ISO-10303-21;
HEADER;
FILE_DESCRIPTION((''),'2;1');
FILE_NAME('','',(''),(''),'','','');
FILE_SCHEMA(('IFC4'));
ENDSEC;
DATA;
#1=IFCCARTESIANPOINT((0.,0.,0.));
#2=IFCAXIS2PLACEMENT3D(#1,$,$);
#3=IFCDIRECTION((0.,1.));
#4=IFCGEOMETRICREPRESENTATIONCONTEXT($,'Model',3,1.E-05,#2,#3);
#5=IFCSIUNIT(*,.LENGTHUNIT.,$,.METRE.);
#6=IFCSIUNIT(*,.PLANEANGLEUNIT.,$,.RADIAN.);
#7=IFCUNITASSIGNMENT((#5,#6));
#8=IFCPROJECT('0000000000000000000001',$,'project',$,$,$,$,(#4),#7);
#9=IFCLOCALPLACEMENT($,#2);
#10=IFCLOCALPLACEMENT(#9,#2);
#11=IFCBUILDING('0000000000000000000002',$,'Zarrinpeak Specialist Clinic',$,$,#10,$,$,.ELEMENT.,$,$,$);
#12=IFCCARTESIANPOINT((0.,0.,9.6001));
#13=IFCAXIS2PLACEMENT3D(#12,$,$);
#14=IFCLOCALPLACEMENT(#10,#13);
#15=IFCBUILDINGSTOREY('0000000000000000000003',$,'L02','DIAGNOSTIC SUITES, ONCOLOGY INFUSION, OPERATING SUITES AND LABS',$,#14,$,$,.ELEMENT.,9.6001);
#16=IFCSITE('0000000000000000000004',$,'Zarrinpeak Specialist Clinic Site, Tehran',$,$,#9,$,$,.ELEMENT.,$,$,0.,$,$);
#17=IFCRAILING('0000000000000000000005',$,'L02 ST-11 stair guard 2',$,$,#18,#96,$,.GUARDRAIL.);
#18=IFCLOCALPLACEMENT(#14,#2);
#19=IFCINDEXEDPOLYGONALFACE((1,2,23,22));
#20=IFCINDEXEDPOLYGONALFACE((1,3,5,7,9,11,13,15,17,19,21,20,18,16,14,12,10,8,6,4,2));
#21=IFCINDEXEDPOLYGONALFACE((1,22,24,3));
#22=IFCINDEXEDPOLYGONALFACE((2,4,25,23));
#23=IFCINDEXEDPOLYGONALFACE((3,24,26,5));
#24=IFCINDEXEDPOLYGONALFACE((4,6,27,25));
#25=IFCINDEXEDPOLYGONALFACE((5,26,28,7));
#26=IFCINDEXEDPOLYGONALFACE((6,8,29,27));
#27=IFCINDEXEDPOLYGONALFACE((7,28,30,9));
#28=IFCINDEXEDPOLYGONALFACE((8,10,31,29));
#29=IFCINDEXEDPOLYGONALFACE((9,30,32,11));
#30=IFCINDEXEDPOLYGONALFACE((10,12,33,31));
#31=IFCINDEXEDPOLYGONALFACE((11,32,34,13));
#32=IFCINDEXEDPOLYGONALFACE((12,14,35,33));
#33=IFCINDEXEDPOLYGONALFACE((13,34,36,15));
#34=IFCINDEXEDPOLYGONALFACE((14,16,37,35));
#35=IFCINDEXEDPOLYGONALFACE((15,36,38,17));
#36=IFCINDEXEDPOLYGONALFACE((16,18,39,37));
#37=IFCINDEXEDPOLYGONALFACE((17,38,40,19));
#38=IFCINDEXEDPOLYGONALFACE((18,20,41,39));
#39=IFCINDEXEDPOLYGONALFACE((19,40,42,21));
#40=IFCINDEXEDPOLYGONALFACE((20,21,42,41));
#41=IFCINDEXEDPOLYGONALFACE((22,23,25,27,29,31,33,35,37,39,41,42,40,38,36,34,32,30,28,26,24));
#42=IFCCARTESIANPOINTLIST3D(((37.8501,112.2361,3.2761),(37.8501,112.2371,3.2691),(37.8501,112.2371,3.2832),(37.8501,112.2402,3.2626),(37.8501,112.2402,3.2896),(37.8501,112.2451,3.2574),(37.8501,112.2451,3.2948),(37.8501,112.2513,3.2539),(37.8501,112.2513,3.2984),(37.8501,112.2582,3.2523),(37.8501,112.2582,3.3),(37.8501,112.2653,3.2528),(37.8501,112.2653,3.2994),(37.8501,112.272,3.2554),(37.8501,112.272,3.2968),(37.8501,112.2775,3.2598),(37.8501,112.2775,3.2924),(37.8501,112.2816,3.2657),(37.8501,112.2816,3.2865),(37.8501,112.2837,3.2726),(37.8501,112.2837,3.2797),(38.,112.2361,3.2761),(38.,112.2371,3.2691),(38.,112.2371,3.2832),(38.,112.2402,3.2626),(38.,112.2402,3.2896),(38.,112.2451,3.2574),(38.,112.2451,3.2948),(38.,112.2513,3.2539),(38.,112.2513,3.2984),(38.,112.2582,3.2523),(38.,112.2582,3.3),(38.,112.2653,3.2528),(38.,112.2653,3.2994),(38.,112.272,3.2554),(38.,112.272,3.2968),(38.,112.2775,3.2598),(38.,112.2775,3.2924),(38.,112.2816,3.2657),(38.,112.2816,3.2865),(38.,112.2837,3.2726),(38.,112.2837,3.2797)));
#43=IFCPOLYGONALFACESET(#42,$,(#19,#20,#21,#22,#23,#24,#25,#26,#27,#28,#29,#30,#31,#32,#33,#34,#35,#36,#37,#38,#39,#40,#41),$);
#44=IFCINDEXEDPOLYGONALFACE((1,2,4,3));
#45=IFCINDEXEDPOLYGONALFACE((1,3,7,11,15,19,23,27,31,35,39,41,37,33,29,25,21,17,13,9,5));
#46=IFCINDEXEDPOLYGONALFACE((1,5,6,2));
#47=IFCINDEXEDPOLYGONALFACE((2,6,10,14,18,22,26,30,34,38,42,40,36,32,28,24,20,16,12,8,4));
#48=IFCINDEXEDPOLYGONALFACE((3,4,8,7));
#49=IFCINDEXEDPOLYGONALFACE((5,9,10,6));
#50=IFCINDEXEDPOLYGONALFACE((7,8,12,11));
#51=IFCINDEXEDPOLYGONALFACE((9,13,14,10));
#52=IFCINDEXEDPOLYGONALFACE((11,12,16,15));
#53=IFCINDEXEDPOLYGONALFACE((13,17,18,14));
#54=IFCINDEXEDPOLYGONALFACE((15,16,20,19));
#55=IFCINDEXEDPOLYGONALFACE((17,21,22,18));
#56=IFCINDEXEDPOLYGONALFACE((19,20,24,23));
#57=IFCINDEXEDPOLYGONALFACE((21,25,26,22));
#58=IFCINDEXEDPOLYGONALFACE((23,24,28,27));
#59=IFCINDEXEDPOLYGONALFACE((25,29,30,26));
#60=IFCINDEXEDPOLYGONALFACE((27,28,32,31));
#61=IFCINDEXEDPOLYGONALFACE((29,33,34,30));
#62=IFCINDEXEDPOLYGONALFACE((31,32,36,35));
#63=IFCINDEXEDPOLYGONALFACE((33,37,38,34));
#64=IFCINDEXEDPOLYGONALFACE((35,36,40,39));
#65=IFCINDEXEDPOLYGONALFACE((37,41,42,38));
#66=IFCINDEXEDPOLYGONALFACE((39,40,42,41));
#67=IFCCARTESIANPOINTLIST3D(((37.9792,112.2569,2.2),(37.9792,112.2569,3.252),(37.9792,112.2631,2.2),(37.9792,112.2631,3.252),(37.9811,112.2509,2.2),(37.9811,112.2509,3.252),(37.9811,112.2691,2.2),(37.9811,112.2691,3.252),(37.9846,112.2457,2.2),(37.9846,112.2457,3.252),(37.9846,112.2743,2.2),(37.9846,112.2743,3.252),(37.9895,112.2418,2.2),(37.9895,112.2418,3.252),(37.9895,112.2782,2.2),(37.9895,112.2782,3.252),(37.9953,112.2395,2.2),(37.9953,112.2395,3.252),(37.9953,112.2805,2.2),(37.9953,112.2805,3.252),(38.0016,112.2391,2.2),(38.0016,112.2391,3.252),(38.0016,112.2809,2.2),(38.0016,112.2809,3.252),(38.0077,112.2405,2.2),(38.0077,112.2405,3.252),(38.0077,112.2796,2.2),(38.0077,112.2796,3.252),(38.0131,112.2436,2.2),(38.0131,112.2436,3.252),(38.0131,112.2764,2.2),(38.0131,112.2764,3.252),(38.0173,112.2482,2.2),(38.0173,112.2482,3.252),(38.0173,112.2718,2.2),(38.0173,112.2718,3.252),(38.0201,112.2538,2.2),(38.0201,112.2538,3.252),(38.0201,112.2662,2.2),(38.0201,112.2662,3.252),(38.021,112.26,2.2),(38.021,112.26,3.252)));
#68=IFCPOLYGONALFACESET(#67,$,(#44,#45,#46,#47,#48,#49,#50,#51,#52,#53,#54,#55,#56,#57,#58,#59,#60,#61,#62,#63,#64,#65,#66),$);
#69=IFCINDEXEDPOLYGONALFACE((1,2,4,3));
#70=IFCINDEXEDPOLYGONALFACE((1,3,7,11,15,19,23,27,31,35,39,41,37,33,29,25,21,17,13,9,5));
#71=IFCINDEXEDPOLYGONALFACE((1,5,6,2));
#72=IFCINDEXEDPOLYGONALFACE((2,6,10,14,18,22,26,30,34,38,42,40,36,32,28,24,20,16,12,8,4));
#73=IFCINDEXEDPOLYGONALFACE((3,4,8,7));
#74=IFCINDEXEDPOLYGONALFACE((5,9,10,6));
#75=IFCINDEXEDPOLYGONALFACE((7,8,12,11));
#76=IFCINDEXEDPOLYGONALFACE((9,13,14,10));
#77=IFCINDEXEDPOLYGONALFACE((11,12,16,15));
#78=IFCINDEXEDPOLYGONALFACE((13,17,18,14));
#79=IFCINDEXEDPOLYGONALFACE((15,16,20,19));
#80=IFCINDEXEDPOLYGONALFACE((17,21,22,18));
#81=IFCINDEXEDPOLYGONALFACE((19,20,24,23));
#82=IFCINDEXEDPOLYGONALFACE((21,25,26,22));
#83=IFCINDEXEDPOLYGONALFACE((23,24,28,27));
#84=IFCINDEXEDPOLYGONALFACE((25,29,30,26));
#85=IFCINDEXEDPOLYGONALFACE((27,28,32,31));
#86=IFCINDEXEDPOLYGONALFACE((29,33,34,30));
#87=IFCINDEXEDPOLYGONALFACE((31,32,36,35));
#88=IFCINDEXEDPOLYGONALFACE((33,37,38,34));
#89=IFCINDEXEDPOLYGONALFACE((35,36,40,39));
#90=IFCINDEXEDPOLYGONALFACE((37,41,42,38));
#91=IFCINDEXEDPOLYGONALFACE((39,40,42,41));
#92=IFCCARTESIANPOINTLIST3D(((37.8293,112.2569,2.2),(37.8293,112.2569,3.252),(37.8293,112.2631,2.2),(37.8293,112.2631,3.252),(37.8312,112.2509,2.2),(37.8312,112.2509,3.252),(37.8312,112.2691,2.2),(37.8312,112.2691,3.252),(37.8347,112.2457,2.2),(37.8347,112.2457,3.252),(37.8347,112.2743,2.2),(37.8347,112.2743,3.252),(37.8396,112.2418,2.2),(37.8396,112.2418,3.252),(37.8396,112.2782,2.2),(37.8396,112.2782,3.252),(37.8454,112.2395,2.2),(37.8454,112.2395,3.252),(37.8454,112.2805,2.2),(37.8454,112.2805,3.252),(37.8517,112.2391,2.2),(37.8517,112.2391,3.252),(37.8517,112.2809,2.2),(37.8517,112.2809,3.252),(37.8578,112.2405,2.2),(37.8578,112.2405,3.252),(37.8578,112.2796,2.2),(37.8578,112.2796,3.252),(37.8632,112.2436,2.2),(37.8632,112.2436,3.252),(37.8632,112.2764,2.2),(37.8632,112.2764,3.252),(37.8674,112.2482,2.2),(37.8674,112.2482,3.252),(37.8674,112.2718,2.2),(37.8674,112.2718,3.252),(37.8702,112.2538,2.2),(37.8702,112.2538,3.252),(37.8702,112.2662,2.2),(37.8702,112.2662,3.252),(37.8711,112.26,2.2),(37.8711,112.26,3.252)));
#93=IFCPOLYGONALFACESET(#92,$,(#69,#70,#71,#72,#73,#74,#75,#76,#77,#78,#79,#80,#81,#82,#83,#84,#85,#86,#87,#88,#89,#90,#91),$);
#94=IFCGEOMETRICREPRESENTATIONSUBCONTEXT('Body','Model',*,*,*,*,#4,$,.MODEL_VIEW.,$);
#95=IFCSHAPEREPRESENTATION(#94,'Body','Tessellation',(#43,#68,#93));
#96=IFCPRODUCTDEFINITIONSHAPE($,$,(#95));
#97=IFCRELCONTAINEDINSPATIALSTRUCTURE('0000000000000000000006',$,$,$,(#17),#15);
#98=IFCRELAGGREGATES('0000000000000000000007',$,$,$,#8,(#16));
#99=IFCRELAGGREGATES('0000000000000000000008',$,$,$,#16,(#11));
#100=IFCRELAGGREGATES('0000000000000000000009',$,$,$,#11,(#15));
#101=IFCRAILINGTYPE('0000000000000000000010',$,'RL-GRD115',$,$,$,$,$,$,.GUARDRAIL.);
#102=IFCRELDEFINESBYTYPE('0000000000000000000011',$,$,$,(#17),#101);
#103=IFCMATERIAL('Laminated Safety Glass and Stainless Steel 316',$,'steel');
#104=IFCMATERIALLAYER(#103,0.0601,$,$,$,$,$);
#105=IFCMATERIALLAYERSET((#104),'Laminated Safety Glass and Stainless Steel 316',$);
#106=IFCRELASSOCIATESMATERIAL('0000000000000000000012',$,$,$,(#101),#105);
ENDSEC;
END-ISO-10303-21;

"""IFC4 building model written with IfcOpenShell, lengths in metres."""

from ifc_helpers import new_model, si_unit, direction, frame, origin, origin_2d, place, context, subcontext, project, spatial, circle, extrude, material, layer, layer_set, type_object, element, save


model = new_model("IFC4")

# Units and contexts
model_context = context("Model", 3, precision=1e-05, world=origin(), true_north=direction((0.0, 1.0)))
body_context = subcontext(model_context, "Body", "Model", "MODEL_VIEW")
ifc_project = project(units=[si_unit("LENGTHUNIT", "METRE"), si_unit("PLANEANGLEUNIT", "RADIAN")], contexts=[model_context])

# Site, building, storey
site_placement = place(None, origin())
site = spatial("IfcSite", under=ifc_project, at=site_placement, Name="Zarrinpeak Specialist Clinic Site, Tehran", CompositionType="ELEMENT", RefElevation=0.0)
building_placement = place(site_placement, origin())
building = spatial("IfcBuilding", under=site, at=building_placement, Name="Zarrinpeak Specialist Clinic", CompositionType="ELEMENT")
storey_placement = place(building_placement, frame((0.0, 0.0, 9.6001)))
storey = spatial("IfcBuildingStorey", under=building, at=storey_placement, Name="L02", Description="DIAGNOSTIC SUITES, ONCOLOGY INFUSION, OPERATING SUITES AND LABS", CompositionType="ELEMENT", Elevation=9.6001)

# Railing
ifc_material_1 = material(Name="Laminated Safety Glass and Stainless Steel 316", Category="steel")
ifc_layer_1 = layer(ifc_material_1, 0.0601)
ifc_layer_set_1 = layer_set([ifc_layer_1], Name="Laminated Safety Glass and Stainless Steel 316")
railing_type_1 = type_object("IfcRailingType", Name="RL-GRD115", PredefinedType="GUARDRAIL", material=ifc_layer_set_1)
railing_1_placement = place(storey_placement, frame((38.0, 112.26, 2.2)))
element("IfcRailing", 1, at=railing_1_placement, inside=storey, type_object=railing_type_1, Name="L02 ST-11 stair guard 2", PredefinedType="GUARDRAIL", context=body_context, shape_type="SweptSolid", body=[
    extrude(circle(Radius=0.0239, at=origin_2d()), frame((0.0, 0.0, 1.0762), z_axis=(-1.0, 0.0, 0.0), x_axis=(0.0, -1.0, 0.0)), (0.0, 0.0, 1.0), 0.1499),
    extrude(circle(Radius=0.021, at=origin_2d()), origin(), (0.0, 0.0, 1.0), 1.052),
    extrude(circle(Radius=0.021, at=origin_2d()), frame((-0.1499, 0.0, 0.0)), (0.0, 0.0, 1.0), 1.052),
])

save(model, "model.ifc")
